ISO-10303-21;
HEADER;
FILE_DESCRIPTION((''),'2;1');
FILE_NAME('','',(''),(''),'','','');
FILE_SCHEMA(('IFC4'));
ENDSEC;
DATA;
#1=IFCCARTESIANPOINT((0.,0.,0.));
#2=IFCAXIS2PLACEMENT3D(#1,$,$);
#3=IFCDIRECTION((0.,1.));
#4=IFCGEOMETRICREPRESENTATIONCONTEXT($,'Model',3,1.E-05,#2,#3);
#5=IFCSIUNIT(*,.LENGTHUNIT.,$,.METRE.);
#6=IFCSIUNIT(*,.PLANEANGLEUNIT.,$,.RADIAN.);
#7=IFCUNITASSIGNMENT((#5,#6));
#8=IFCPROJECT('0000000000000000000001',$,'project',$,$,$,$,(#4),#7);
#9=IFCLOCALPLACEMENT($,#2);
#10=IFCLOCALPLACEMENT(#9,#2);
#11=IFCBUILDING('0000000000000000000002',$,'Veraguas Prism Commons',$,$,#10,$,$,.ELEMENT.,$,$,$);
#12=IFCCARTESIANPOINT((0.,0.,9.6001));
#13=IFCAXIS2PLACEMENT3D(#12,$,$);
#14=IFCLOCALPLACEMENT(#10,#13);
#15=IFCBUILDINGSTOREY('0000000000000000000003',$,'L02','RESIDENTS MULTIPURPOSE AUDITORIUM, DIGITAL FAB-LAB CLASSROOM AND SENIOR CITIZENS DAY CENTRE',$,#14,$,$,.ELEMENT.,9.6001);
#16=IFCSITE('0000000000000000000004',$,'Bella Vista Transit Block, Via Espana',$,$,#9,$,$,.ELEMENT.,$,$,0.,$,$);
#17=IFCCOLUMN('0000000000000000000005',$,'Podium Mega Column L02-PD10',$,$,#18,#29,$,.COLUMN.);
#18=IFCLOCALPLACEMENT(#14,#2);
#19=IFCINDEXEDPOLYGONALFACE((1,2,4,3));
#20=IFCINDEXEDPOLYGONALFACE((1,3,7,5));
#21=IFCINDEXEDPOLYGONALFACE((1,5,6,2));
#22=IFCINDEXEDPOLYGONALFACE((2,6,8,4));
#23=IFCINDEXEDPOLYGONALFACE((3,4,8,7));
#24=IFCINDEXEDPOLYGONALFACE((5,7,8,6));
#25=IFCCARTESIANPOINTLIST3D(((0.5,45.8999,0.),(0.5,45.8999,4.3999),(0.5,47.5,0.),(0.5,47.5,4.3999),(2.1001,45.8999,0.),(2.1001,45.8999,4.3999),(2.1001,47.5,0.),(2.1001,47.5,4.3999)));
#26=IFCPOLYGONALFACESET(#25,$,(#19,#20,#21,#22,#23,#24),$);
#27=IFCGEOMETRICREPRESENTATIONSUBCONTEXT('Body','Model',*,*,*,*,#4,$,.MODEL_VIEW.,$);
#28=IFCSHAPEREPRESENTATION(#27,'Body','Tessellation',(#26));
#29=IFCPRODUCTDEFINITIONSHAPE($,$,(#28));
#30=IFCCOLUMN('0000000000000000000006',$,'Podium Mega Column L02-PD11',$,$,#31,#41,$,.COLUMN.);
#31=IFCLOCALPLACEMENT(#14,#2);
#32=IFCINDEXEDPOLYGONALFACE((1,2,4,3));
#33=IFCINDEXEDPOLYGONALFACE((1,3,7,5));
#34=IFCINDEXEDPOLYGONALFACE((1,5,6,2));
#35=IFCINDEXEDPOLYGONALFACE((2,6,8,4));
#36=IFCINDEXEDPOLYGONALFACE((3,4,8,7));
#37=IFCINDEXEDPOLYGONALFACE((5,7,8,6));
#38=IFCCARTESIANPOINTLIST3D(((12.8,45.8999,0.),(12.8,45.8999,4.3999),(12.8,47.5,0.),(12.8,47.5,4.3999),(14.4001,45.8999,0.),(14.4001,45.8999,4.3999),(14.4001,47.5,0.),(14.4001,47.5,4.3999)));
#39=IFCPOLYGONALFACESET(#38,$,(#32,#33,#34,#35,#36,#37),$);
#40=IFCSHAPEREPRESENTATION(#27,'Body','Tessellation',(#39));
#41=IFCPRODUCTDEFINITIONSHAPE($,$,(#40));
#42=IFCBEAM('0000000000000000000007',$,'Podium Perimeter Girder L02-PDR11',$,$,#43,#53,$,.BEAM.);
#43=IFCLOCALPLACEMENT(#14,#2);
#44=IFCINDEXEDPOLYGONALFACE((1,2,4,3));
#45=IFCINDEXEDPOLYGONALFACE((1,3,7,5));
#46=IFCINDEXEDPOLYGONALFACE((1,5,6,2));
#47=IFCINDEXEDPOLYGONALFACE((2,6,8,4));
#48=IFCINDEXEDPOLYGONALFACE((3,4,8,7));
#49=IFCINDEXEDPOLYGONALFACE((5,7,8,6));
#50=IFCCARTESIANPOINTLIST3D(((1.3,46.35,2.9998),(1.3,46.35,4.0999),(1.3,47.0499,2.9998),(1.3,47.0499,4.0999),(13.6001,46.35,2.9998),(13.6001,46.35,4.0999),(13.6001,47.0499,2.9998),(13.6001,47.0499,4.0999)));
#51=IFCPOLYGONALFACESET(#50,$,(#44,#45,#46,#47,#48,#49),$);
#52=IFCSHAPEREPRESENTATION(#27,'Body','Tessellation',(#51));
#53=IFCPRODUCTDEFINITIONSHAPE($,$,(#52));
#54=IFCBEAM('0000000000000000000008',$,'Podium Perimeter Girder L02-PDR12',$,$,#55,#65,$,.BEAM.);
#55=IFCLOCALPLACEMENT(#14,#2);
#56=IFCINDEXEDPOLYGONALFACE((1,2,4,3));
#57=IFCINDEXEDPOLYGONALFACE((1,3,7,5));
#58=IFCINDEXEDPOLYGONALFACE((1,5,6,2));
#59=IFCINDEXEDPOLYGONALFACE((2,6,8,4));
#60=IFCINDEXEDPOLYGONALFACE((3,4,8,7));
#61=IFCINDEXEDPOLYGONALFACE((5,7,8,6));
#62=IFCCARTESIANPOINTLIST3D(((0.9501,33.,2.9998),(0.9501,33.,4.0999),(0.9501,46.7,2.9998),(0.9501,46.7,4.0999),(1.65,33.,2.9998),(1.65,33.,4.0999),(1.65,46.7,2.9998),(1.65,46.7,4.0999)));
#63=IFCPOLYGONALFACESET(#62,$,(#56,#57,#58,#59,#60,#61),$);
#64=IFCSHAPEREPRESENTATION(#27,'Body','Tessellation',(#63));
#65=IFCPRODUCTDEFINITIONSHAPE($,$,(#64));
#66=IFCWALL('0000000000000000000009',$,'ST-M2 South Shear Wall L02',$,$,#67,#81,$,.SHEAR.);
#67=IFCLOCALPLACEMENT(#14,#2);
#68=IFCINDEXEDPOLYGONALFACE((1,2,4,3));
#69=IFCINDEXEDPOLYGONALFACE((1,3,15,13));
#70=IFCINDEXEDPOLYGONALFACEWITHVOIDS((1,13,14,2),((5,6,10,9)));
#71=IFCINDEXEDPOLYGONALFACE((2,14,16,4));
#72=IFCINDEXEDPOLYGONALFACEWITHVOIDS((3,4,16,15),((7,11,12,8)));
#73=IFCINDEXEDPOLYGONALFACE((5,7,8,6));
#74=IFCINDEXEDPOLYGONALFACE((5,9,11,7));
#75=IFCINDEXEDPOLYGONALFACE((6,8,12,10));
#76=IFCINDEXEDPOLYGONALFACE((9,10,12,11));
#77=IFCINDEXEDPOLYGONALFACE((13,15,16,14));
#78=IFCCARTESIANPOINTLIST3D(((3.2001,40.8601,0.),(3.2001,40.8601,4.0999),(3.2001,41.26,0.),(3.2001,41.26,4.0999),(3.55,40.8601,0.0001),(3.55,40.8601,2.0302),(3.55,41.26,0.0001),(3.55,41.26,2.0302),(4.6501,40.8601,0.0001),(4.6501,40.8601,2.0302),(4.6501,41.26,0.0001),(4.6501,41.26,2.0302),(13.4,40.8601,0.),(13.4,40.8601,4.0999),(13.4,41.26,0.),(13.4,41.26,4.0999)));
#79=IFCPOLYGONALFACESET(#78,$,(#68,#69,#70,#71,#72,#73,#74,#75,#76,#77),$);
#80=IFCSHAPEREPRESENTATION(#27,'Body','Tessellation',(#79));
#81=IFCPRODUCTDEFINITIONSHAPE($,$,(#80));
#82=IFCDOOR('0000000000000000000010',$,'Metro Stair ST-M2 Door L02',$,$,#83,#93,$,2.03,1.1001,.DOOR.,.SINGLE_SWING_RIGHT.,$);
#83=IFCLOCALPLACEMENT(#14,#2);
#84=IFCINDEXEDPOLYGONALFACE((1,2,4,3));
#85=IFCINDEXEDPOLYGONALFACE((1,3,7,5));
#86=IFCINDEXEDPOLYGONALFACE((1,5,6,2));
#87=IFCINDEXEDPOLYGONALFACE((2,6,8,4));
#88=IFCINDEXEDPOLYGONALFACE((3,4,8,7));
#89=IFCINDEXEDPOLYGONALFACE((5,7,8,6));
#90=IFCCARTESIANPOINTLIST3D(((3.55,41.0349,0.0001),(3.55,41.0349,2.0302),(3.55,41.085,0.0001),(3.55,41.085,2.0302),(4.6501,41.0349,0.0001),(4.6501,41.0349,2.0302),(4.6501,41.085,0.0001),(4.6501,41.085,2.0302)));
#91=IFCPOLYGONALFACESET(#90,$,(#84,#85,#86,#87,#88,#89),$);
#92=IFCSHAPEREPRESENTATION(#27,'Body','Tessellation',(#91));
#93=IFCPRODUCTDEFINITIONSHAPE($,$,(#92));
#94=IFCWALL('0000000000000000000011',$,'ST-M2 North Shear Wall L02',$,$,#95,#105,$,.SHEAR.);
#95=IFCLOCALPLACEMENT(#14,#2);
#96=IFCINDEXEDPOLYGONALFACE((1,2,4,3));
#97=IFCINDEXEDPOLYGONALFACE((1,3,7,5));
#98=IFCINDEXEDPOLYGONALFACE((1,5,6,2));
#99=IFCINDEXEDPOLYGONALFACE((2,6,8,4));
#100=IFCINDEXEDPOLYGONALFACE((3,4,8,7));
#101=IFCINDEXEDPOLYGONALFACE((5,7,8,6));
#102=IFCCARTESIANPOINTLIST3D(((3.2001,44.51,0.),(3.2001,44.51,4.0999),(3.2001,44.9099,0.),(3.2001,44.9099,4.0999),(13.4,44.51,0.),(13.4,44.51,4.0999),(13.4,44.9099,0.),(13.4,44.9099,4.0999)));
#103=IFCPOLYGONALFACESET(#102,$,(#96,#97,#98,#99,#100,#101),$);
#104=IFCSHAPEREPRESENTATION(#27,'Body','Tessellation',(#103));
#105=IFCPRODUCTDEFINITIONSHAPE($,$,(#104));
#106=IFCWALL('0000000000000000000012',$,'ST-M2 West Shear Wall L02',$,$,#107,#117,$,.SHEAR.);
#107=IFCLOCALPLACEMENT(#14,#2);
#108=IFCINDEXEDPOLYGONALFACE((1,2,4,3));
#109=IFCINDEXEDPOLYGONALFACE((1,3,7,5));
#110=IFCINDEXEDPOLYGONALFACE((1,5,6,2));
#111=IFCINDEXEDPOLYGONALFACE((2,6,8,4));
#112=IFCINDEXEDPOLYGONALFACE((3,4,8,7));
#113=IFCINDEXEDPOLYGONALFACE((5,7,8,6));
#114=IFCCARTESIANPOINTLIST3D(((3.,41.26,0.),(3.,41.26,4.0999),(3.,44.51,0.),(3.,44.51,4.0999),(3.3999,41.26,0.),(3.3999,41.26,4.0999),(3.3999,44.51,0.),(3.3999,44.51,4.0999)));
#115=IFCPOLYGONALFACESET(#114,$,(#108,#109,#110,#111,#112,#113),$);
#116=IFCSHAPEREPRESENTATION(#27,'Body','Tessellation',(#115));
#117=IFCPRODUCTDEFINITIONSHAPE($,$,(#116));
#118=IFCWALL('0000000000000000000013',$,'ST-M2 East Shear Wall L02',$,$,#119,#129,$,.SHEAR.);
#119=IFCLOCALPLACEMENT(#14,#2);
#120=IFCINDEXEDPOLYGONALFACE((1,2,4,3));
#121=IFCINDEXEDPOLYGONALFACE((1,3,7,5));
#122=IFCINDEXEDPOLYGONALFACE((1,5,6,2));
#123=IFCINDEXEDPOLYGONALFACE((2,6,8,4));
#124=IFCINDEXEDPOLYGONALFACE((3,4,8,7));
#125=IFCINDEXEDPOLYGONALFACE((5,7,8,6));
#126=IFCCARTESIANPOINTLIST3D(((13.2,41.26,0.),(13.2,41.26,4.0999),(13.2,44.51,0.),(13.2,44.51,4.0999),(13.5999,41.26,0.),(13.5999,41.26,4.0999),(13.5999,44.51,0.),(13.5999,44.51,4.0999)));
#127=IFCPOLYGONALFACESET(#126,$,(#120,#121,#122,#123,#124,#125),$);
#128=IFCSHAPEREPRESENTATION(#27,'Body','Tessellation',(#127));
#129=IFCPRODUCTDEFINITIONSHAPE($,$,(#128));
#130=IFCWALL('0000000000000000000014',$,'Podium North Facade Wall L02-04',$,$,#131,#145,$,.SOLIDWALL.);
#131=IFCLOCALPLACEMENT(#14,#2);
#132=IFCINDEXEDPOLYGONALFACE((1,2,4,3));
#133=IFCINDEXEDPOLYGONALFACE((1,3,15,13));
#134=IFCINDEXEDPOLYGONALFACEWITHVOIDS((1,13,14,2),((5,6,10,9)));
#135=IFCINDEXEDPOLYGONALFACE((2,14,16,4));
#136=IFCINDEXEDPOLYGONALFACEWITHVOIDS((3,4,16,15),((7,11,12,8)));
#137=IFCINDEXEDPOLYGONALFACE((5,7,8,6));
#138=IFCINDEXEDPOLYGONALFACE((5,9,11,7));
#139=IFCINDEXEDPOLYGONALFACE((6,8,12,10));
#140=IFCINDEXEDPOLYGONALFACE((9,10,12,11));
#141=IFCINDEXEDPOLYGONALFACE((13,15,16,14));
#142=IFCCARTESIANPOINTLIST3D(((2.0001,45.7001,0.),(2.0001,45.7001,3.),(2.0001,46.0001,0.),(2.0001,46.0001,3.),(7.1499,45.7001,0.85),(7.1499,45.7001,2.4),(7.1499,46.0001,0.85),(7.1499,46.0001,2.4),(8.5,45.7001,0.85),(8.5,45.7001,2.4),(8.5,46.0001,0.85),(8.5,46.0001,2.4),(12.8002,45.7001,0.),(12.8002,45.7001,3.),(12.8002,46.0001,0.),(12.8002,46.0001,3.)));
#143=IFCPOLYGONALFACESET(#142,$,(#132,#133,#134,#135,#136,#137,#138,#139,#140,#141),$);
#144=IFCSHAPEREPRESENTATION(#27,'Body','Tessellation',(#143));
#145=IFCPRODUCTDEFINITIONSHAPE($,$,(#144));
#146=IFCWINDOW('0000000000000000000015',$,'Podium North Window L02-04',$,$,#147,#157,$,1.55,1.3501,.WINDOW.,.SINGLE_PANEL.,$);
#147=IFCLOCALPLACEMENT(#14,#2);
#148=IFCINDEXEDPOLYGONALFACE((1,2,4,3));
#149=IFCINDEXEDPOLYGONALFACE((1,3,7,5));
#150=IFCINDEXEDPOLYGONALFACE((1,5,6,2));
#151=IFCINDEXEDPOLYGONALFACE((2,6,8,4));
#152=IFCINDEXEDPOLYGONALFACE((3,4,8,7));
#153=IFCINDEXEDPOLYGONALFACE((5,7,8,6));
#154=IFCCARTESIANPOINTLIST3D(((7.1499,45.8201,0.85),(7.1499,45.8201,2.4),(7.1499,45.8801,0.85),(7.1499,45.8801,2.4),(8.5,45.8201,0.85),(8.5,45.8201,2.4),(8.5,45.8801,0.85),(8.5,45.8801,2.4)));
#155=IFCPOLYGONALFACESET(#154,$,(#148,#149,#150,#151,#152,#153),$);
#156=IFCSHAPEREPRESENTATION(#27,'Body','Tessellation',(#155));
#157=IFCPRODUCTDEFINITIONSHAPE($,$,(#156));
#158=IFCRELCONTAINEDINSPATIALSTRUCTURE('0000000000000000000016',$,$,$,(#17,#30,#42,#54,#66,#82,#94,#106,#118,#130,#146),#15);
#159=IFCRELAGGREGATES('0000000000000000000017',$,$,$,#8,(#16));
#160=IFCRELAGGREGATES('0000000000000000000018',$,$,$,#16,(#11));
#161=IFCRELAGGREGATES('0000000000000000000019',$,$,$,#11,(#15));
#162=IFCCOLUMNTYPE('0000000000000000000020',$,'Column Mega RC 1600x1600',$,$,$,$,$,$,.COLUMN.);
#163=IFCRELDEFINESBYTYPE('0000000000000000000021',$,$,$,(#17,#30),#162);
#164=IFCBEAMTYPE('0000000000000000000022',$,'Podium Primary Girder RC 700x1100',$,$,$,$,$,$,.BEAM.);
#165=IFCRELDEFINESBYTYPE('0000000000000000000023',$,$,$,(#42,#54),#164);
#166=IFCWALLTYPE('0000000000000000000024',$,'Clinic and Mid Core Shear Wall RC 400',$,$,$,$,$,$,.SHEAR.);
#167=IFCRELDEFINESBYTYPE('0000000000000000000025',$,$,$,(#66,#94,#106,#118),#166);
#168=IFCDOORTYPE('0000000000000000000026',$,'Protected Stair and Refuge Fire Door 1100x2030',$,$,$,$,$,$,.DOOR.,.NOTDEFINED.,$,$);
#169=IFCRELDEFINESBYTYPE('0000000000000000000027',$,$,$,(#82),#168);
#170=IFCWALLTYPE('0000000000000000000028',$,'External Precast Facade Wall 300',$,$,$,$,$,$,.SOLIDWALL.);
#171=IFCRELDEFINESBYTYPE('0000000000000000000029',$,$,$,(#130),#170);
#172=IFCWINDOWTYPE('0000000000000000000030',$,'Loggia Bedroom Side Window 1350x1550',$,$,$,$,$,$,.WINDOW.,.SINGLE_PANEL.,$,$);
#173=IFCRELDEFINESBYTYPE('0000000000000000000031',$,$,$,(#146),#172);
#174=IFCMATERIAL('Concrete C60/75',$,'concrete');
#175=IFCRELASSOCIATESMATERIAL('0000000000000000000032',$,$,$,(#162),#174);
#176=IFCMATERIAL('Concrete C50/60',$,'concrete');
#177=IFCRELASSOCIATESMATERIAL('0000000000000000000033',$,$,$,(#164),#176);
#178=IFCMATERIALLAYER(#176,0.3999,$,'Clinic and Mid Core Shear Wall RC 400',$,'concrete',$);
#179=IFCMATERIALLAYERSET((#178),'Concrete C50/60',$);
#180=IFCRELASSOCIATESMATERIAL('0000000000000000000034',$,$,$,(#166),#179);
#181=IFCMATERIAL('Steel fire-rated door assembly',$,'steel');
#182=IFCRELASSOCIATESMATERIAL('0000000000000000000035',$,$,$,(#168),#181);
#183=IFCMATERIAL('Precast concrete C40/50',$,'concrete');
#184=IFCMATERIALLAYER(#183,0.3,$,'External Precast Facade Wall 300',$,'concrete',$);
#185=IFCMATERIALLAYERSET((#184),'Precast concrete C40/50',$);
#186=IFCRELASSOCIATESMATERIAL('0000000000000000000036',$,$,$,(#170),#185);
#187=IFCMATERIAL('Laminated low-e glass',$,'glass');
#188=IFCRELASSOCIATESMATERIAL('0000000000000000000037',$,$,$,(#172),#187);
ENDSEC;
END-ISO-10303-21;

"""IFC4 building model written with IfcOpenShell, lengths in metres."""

from ifc_helpers import new_model, si_unit, direction, frame, frame_2d, origin, origin_2d, place, context, subcontext, project, spatial, rectangle, extrude, source, transform, mapped, material, layer, layer_set, material_profile, profile_set, type_object, element, fill, save


model = new_model("IFC4")

# Units and contexts
model_context = context("Model", 3, precision=1e-05, world=origin(), true_north=direction((0.0, 1.0)))
body_context = subcontext(model_context, "Body", "Model", "MODEL_VIEW")
ifc_project = project(units=[si_unit("LENGTHUNIT", "METRE"), si_unit("PLANEANGLEUNIT", "RADIAN")], contexts=[model_context])

# Site, building, storey
site_placement = place(None, origin())
site = spatial("IfcSite", under=ifc_project, at=site_placement, Name="Bella Vista Transit Block, Via Espana", CompositionType="ELEMENT", RefElevation=0.0)
building_placement = place(site_placement, origin())
building = spatial("IfcBuilding", under=site, at=building_placement, Name="Veraguas Prism Commons", CompositionType="ELEMENT")
storey_placement = place(building_placement, frame((0.0, 0.0, 9.6001)))
storey = spatial("IfcBuildingStorey", under=building, at=storey_placement, Name="L02", Description="RESIDENTS MULTIPURPOSE AUDITORIUM, DIGITAL FAB-LAB CLASSROOM AND SENIOR CITIZENS DAY CENTRE", CompositionType="ELEMENT", Elevation=9.6001)

# Columns
ifc_material_1 = material(Name="Concrete C60/75", Category="concrete")
ifc_material_profile_1 = material_profile(ifc_material_1, rectangle(XDim=1.6001, YDim=1.6001, at=origin_2d()), Name="RC1600X1600")
ifc_profile_set_1 = profile_set([ifc_material_profile_1], Name="Concrete C60/75")
column_type = type_object("IfcColumnType", Name="Column Mega RC 1600x1600", PredefinedType="COLUMN", material=ifc_profile_set_1)
for number, where, z_axis, x_axis, name in (
    (1, (1.3, 46.7, 0.0), (0.0, 0.0, 1.0), (1.0, 0.0, 0.0), "Podium Mega Column L02-PD10"),
    (2, (13.6001, 46.7, 0.0), (0.0, 0.0, 1.0), (1.0, 0.0, 0.0), "Podium Mega Column L02-PD11"),
):
    element("IfcColumn", number, at=place(storey_placement, frame(where, z_axis=z_axis, x_axis=x_axis)), inside=storey, type_object=column_type, Name=name, PredefinedType="COLUMN", context=body_context, shape_type="SweptSolid", body=[
        extrude(rectangle(XDim=1.6001, YDim=1.6001, at=origin_2d()), origin(), (0.0, 0.0, 1.0), 4.3999),
    ])

# Beams
ifc_material_2 = material(Name="Concrete C50/60", Category="concrete")
ifc_material_profile_2 = material_profile(ifc_material_2, rectangle(XDim=0.7, YDim=1.1001, at=origin_2d()), Name="RC700X1100")
ifc_profile_set_2 = profile_set([ifc_material_profile_2], Name="Concrete C50/60")
beam_type = type_object("IfcBeamType", Name="Podium Primary Girder RC 700x1100", PredefinedType="BEAM", material=ifc_profile_set_2)
beam_1_placement = place(storey_placement, frame((13.6001, 46.7, 3.5498), z_axis=(-1.0, 0.0, 0.0), x_axis=(0.0, -1.0, 0.0)))
element("IfcBeam", 3, at=beam_1_placement, inside=storey, type_object=beam_type, Name="Podium Perimeter Girder L02-PDR11", PredefinedType="BEAM", context=body_context, shape_type="SweptSolid", body=[
    extrude(rectangle(XDim=0.7, YDim=1.1001, at=origin_2d()), origin(), (0.0, 0.0, 1.0), 12.3),
])
beam_2_placement = place(storey_placement, frame((1.3, 46.7, 3.5498), z_axis=(0.0, -1.0, 0.0), x_axis=(1.0, 0.0, 0.0)))
element("IfcBeam", 4, at=beam_2_placement, inside=storey, type_object=beam_type, Name="Podium Perimeter Girder L02-PDR12", PredefinedType="BEAM", context=body_context, shape_type="SweptSolid", body=[
    extrude(rectangle(XDim=0.7, YDim=1.1001, at=origin_2d()), origin(), (0.0, 0.0, 1.0), 13.7),
])

# Wall, opening, door
ifc_layer_1 = layer(ifc_material_2, 0.3999, Name="Clinic and Mid Core Shear Wall RC 400", Category="concrete")
ifc_layer_set_1 = layer_set([ifc_layer_1], Name="Concrete C50/60")
wall_type_1 = type_object("IfcWallType", Name="Clinic and Mid Core Shear Wall RC 400", PredefinedType="SHEAR", material=ifc_layer_set_1)
wall_1_placement = place(storey_placement, frame((3.2, 41.0601, 0.0), z_axis=(0.0, 0.0, 1.0), x_axis=(1.0, 0.0, 0.0)))
wall_1 = element("IfcWall", 5, at=wall_1_placement, inside=storey, type_object=wall_type_1, Name="ST-M2 South Shear Wall L02", PredefinedType="SHEAR", context=body_context, shape_type="SweptSolid", body=[
    extrude(rectangle(XDim=10.2, YDim=0.3999, at=frame_2d((5.1001, 0.0))), origin(), (0.0, 0.0, 1.0), 4.0999),
])
opening_1_placement = place(wall_1_placement, frame((0.3501, 0.0, 0.0)))
opening_1 = element("IfcOpeningElement", 6, at=opening_1_placement, cuts=wall_1, PredefinedType="OPENING", context=body_context, shape_type="SweptSolid", body=[
    extrude(rectangle(XDim=1.1001, YDim=2.03, at=frame_2d((0.55, 1.0151))), frame((0.0, 0.21, 0.0), z_axis=(0.0, -1.0, 0.0), x_axis=(1.0, 0.0, 0.0)), (0.0, 0.0, 1.0), 0.4199),
])
ifc_material_3 = material(Name="Steel fire-rated door assembly", Category="steel")
door_type = type_object("IfcDoorType", Name="Protected Stair and Refuge Fire Door 1100x2030", OperationType="NOTDEFINED", PredefinedType="DOOR", material=ifc_material_3)
shared_shape_1 = source(origin(), body_context, "Body", "SweptSolid", [
    extrude(rectangle(XDim=1.1001, YDim=2.03, at=frame_2d((0.55, 1.0151))), frame((0.0, 0.0249, 0.0), z_axis=(0.0, -1.0, 0.0), x_axis=(1.0, 0.0, 0.0)), (0.0, 0.0, 1.0), 0.05),
])
door_placement = place(opening_1_placement, origin())
door = element("IfcDoor", 7, at=door_placement, inside=storey, type_object=door_type, Name="Metro Stair ST-M2 Door L02", OperationType="SINGLE_SWING_RIGHT", OverallHeight=2.03, OverallWidth=1.1001, PredefinedType="DOOR", context=body_context, shape_type="MappedRepresentation", body=[
    mapped(shared_shape_1, transform((0.0, 0.0, 0.0), scale=1.0)),
])
fill(opening_1, door)

# Walls
wall_2_placement = place(storey_placement, frame((3.2, 44.71, 0.0), z_axis=(0.0, 0.0, 1.0), x_axis=(1.0, 0.0, 0.0)))
element("IfcWall", 8, at=wall_2_placement, inside=storey, type_object=wall_type_1, Name="ST-M2 North Shear Wall L02", PredefinedType="SHEAR", context=body_context, shape_type="SweptSolid", body=[
    extrude(rectangle(XDim=10.2, YDim=0.3999, at=frame_2d((5.1001, 0.0))), origin(), (0.0, 0.0, 1.0), 4.0999),
])
for number, where, z_axis, x_axis, name in (
    (9, (3.2, 41.26, 0.0), (0.0, 0.0, 1.0), (0.0, 1.0, 0.0), "ST-M2 West Shear Wall L02"),
    (10, (13.3999, 41.26, 0.0), (0.0, 0.0, 1.0), (0.0, 1.0, 0.0), "ST-M2 East Shear Wall L02"),
):
    element("IfcWall", number, at=place(storey_placement, frame(where, z_axis=z_axis, x_axis=x_axis)), inside=storey, type_object=wall_type_1, Name=name, PredefinedType="SHEAR", context=body_context, shape_type="SweptSolid", body=[
        extrude(rectangle(XDim=3.25, YDim=0.3999, at=frame_2d((1.625, 0.0))), origin(), (0.0, 0.0, 1.0), 4.0999),
    ])

# Wall, opening, window
ifc_material_4 = material(Name="Precast concrete C40/50", Category="concrete")
ifc_layer_2 = layer(ifc_material_4, 0.3, Name="External Precast Facade Wall 300", Category="concrete")
ifc_layer_set_2 = layer_set([ifc_layer_2], Name="Precast concrete C40/50")
wall_type_2 = type_object("IfcWallType", Name="External Precast Facade Wall 300", PredefinedType="SOLIDWALL", material=ifc_layer_set_2)
wall_3_placement = place(storey_placement, frame((12.8, 45.8501, 0.0), z_axis=(0.0, 0.0, 1.0), x_axis=(-1.0, 0.0, 0.0)))
wall_3 = element("IfcWall", 11, at=wall_3_placement, inside=storey, type_object=wall_type_2, Name="Podium North Facade Wall L02-04", PredefinedType="SOLIDWALL", context=body_context, shape_type="SweptSolid", body=[
    extrude(rectangle(XDim=10.8, YDim=0.3, at=frame_2d((5.3999, 0.0))), origin(), (0.0, 0.0, 1.0), 3.0),
])
opening_2_placement = place(wall_3_placement, frame((4.3, 0.0, 0.8501)))
opening_2 = element("IfcOpeningElement", 12, at=opening_2_placement, cuts=wall_3, PredefinedType="OPENING", context=body_context, shape_type="SweptSolid", body=[
    extrude(rectangle(XDim=1.3501, YDim=1.55, at=frame_2d((0.675, 0.7749))), frame((0.0, 0.1599, 0.0), z_axis=(0.0, -1.0, 0.0), x_axis=(1.0, 0.0, 0.0)), (0.0, 0.0, 1.0), 0.3201),
])
ifc_material_5 = material(Name="Laminated low-e glass", Category="glass")
window_type_1 = type_object("IfcWindowType", Name="Loggia Bedroom Side Window 1350x1550", PartitioningType="SINGLE_PANEL", PredefinedType="WINDOW", material=ifc_material_5)
shared_shape_2 = source(origin(), body_context, "Body", "SweptSolid", [
    extrude(rectangle(XDim=1.3501, YDim=1.55, at=frame_2d((0.675, 0.7749))), frame((0.0, 0.03, 0.0), z_axis=(0.0, -1.0, 0.0), x_axis=(1.0, 0.0, 0.0)), (0.0, 0.0, 1.0), 0.0601),
])
window_1_placement = place(opening_2_placement, origin())
window_1 = element("IfcWindow", 13, at=window_1_placement, inside=storey, type_object=window_type_1, Name="Podium North Window L02-04", OverallHeight=1.55, OverallWidth=1.3501, PartitioningType="SINGLE_PANEL", PredefinedType="WINDOW", context=body_context, shape_type="MappedRepresentation", body=[
    mapped(shared_shape_2, transform((0.0, 0.0, 0.0), scale=1.0)),
])
fill(opening_2, window_1)

save(model, "model.ifc")
